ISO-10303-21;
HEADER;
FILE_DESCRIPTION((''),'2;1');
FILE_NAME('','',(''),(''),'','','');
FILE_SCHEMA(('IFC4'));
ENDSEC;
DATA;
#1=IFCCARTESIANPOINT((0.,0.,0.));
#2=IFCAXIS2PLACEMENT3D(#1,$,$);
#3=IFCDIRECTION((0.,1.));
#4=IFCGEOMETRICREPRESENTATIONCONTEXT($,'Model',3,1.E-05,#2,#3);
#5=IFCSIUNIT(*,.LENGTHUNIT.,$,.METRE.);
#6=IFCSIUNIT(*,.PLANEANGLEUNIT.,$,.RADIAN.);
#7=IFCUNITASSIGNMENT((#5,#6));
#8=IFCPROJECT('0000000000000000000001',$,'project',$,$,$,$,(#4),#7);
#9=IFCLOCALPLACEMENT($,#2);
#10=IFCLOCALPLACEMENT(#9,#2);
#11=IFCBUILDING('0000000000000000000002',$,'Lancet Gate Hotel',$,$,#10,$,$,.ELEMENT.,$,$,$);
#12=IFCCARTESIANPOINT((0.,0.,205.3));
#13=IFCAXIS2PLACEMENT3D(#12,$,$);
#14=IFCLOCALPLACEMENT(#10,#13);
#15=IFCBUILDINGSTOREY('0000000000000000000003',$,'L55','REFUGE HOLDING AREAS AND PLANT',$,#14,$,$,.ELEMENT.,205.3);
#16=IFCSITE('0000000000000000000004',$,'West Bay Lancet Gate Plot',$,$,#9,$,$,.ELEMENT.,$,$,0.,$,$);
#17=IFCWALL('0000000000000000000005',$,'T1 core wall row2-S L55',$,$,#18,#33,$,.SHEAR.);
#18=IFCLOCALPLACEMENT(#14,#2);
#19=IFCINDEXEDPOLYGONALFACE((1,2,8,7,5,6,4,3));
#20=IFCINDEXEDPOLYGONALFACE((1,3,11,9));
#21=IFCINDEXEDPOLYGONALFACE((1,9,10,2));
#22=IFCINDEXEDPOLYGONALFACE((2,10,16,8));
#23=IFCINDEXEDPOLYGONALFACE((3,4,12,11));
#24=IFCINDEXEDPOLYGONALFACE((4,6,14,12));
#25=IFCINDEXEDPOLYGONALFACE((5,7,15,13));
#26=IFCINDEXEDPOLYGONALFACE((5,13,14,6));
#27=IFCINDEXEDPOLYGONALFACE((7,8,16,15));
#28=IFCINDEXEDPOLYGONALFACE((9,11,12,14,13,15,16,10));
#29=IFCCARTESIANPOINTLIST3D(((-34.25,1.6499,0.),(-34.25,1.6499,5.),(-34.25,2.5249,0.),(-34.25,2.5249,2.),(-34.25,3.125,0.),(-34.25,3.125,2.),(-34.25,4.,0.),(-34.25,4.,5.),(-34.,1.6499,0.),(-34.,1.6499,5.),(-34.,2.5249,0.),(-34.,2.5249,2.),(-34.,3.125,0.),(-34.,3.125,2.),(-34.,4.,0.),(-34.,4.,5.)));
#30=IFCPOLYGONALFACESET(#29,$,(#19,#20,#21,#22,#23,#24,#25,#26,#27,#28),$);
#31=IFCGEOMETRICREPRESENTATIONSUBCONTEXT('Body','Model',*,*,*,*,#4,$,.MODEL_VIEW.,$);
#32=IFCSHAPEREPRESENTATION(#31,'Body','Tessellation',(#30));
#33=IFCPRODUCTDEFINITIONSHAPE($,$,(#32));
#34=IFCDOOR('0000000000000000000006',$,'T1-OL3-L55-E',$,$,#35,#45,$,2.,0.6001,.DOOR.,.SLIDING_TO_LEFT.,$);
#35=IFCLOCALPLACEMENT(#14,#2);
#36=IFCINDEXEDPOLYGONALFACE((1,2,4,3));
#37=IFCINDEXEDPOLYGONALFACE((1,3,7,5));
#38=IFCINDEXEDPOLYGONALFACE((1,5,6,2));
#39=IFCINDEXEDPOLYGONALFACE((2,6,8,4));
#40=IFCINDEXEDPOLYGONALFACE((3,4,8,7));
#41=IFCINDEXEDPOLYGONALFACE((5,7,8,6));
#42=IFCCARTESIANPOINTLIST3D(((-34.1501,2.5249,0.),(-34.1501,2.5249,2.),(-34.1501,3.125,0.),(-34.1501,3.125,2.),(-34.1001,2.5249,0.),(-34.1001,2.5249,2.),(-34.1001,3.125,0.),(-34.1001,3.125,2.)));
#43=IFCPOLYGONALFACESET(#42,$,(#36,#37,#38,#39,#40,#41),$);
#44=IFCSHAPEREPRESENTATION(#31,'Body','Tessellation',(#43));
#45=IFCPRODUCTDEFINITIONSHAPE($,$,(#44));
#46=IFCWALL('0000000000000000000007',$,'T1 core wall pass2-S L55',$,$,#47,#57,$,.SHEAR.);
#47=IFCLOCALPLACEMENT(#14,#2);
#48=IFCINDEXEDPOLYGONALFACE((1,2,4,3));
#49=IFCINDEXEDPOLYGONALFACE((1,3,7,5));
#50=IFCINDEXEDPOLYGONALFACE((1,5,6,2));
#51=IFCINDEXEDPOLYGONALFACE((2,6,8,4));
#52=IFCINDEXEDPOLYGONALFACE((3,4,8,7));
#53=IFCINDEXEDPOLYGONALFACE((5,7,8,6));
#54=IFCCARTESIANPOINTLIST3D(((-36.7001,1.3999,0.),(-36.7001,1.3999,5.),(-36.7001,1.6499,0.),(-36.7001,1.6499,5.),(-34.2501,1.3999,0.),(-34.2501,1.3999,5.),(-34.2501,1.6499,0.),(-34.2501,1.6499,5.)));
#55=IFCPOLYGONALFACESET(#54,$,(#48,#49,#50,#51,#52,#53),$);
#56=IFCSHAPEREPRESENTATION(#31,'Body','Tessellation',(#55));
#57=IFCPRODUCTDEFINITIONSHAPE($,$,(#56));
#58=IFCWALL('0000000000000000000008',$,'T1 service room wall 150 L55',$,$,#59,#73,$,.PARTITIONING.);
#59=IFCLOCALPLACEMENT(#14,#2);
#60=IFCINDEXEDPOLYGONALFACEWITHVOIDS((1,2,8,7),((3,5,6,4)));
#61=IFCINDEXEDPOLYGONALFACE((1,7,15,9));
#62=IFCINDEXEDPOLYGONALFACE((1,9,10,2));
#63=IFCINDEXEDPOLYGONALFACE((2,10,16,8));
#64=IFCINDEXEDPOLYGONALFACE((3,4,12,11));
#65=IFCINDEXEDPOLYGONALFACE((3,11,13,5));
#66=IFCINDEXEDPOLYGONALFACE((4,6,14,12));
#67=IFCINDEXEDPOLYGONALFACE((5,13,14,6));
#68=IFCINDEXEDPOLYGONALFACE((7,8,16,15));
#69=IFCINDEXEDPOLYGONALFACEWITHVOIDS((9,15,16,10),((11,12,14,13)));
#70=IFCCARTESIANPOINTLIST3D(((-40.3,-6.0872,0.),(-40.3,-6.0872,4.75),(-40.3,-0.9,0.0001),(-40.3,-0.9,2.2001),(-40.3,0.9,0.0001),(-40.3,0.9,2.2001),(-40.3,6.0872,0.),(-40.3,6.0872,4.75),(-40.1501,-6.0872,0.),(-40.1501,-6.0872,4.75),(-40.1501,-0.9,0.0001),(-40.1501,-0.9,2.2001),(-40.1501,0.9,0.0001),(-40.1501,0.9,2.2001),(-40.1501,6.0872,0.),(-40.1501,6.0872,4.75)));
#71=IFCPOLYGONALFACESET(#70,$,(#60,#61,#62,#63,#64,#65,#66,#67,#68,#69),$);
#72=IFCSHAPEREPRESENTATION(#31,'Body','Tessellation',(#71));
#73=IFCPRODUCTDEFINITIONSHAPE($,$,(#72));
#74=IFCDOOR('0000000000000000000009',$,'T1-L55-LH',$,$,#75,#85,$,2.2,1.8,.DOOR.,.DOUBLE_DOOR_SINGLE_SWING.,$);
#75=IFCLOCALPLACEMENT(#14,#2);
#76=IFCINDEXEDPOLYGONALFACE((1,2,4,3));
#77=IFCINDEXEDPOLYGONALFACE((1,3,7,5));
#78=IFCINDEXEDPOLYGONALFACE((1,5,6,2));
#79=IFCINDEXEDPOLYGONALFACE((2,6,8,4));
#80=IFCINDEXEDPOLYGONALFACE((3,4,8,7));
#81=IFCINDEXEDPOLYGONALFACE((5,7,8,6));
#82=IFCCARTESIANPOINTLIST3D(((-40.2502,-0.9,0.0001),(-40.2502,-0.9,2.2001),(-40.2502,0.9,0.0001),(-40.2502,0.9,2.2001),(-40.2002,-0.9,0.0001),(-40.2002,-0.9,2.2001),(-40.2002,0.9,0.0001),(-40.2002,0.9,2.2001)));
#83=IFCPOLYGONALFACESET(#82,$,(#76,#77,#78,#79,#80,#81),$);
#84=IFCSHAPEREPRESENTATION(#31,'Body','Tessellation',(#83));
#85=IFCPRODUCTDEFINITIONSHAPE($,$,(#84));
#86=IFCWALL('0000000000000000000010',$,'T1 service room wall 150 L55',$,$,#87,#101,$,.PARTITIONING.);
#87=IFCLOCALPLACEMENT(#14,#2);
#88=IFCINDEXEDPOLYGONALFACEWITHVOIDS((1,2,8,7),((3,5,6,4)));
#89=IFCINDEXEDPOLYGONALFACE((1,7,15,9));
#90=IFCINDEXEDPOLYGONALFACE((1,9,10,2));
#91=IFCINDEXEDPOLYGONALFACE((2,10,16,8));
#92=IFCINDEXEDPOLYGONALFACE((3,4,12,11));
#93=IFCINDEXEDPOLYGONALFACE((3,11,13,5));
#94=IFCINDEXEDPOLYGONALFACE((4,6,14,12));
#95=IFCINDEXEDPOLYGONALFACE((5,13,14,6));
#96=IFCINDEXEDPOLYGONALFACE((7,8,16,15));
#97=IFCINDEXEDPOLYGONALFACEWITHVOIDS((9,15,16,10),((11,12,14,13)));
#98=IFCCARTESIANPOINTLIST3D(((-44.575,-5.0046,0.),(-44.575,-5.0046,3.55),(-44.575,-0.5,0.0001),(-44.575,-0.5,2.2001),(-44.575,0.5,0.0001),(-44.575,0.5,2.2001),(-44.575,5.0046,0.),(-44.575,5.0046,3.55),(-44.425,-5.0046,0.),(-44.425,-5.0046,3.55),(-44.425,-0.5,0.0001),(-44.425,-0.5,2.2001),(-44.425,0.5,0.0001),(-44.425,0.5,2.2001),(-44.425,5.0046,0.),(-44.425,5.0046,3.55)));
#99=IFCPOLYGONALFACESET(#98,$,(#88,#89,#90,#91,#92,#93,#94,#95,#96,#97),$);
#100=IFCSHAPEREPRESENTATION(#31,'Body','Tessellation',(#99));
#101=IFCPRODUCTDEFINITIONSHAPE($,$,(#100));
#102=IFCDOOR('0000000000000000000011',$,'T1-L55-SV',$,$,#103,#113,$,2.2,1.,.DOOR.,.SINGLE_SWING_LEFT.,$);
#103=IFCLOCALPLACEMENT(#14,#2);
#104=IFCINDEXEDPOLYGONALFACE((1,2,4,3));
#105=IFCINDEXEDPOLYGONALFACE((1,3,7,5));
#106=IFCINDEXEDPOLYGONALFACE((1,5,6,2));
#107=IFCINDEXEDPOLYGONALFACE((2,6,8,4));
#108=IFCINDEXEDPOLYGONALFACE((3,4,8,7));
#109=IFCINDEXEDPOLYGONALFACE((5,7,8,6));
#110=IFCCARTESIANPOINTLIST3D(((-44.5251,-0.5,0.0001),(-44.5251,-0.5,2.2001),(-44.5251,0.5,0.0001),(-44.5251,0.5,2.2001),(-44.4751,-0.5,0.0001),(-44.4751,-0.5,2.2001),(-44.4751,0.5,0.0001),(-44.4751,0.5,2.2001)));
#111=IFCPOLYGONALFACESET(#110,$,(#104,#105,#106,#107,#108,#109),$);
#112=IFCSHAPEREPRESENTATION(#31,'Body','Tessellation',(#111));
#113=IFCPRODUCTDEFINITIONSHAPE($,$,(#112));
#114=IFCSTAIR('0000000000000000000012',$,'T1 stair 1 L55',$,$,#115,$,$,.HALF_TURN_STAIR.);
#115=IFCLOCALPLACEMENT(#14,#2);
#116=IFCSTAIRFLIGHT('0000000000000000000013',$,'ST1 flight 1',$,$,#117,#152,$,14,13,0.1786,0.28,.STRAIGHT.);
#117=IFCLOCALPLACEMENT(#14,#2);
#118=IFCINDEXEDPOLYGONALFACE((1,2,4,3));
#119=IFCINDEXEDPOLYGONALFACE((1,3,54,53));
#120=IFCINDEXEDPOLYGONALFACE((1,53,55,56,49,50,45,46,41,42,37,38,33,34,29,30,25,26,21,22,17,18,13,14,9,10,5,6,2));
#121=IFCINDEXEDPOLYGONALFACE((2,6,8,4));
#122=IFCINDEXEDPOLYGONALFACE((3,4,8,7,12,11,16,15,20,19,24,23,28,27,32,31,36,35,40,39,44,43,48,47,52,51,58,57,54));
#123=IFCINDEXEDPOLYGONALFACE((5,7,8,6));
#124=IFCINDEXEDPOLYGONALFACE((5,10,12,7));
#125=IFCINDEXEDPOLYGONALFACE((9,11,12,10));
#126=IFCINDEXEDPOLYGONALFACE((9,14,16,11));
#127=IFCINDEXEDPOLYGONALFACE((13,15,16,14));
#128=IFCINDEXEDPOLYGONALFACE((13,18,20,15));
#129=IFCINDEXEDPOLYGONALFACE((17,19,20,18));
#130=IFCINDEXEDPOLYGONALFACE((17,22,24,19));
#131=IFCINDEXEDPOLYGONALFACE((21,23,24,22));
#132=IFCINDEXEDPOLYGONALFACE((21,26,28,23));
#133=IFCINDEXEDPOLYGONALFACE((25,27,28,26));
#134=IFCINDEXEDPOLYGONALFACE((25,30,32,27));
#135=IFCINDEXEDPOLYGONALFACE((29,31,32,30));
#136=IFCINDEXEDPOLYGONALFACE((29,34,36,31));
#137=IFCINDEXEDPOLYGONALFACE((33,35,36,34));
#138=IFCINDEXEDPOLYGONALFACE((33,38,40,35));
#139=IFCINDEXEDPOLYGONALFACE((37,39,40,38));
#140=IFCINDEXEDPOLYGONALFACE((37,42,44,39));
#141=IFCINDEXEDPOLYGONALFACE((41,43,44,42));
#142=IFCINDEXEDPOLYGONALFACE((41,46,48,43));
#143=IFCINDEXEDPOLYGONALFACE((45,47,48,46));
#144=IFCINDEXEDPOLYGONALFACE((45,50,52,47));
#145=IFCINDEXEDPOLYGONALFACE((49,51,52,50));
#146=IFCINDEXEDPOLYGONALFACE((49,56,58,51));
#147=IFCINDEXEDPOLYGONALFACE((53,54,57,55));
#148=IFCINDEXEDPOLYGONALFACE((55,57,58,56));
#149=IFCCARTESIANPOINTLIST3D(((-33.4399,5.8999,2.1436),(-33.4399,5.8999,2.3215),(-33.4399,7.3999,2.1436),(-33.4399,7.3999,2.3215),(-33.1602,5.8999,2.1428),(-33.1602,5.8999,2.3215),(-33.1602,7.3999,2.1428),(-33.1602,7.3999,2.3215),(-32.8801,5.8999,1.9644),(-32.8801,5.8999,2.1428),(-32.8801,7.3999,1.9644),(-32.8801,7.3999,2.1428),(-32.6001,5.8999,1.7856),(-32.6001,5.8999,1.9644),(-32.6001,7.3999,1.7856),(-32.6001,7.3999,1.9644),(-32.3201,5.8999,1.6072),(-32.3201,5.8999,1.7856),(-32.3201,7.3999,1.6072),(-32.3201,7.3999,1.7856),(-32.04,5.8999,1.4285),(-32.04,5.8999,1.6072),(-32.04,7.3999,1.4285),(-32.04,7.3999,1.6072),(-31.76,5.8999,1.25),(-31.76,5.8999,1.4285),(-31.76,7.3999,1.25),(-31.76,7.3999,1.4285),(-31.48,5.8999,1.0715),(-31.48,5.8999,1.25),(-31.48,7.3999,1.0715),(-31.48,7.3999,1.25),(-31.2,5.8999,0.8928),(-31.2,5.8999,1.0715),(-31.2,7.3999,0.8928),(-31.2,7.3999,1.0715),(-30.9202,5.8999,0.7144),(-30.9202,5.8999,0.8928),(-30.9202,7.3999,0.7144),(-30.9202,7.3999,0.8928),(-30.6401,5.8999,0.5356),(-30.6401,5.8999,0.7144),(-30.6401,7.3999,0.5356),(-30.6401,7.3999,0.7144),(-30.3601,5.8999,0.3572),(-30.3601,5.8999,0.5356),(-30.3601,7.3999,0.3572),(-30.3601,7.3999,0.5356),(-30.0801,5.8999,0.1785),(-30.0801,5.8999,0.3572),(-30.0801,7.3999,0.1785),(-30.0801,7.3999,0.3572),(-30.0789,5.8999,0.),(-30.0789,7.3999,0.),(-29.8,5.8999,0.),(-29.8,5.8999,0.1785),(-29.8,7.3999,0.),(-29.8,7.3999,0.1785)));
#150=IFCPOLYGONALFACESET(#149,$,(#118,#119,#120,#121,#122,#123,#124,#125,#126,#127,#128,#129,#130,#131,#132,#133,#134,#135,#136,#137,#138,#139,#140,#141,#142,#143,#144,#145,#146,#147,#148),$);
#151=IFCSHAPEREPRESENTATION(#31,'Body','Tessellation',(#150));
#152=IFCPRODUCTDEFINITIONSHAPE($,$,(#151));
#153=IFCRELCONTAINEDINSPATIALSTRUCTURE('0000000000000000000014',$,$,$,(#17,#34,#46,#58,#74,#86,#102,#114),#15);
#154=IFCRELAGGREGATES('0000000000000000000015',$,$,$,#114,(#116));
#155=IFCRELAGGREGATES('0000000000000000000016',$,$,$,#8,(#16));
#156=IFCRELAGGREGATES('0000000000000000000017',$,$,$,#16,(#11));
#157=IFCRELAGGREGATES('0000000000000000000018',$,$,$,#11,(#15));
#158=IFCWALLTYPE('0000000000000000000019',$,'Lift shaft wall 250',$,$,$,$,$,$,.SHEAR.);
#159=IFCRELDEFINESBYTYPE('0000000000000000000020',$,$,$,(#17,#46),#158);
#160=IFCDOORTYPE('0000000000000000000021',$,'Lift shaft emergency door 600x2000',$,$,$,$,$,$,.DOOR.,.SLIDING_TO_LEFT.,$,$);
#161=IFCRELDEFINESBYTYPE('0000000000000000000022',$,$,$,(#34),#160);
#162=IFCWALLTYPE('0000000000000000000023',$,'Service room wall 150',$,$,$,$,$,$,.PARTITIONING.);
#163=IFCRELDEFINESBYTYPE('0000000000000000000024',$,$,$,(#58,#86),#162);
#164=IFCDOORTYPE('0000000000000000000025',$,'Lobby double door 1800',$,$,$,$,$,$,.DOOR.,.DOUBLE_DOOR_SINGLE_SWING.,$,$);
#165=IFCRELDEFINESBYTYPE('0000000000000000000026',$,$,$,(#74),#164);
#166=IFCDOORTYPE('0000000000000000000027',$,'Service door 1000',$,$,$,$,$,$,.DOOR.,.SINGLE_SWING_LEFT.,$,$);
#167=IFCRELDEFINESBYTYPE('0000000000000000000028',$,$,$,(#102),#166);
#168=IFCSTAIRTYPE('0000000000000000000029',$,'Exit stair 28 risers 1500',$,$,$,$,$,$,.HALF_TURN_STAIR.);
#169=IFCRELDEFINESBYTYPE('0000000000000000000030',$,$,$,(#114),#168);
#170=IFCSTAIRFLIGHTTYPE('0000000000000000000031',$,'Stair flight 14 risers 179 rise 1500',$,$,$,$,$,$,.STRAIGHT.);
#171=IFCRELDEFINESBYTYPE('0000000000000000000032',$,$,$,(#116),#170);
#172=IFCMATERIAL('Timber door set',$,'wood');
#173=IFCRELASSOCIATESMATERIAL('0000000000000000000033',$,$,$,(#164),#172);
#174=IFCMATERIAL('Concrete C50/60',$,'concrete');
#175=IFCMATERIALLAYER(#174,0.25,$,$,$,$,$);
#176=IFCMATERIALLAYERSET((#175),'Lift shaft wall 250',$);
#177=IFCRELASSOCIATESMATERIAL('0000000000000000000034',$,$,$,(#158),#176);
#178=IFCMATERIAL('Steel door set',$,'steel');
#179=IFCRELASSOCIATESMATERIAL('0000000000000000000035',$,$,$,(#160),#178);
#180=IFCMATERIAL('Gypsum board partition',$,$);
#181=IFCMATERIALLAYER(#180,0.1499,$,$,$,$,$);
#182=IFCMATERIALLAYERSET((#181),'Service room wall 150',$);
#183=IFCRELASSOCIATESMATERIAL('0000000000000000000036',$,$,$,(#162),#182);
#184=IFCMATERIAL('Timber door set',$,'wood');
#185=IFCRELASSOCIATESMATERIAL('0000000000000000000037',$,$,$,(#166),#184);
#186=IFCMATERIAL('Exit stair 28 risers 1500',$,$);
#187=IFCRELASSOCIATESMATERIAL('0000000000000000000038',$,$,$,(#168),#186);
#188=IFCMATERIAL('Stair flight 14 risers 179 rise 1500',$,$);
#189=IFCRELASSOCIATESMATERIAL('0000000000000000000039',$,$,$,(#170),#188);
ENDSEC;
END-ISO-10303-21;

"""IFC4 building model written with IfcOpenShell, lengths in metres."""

from ifc_helpers import new_model, si_unit, direction, frame, frame_2d, origin, place, context, subcontext, project, spatial, polyline, rectangle, outline, extrude, material, layer, layer_set, type_object, element, fill, aggregate, save


model = new_model("IFC4")

# Units and contexts
model_context = context("Model", 3, precision=1e-05, world=origin(), true_north=direction((0.0, 1.0)))
body_context = subcontext(model_context, "Body", "Model", "MODEL_VIEW")
ifc_project = project(units=[si_unit("LENGTHUNIT", "METRE"), si_unit("PLANEANGLEUNIT", "RADIAN")], contexts=[model_context])

# Site, building, storey
site_placement = place(None, origin())
site = spatial("IfcSite", under=ifc_project, at=site_placement, Name="West Bay Lancet Gate Plot", CompositionType="ELEMENT", RefElevation=0.0)
building_placement = place(site_placement, origin())
building = spatial("IfcBuilding", under=site, at=building_placement, Name="Lancet Gate Hotel", CompositionType="ELEMENT")
storey_placement = place(building_placement, frame((0.0, 0.0, 205.3)))
storey = spatial("IfcBuildingStorey", under=building, at=storey_placement, Name="L55", Description="REFUGE HOLDING AREAS AND PLANT", CompositionType="ELEMENT", Elevation=205.3)

# Wall, opening, door
ifc_material_1 = material(Name="Timber door set", Category="wood")
door_type_1 = type_object("IfcDoorType", Name="Lobby double door 1800", OperationType="DOUBLE_DOOR_SINGLE_SWING", PredefinedType="DOOR", material=ifc_material_1)
ifc_material_2 = material(Name="Concrete C50/60", Category="concrete")
ifc_layer_1 = layer(ifc_material_2, 0.25)
ifc_layer_set_1 = layer_set([ifc_layer_1], Name="Lift shaft wall 250")
wall_type_1 = type_object("IfcWallType", Name="Lift shaft wall 250", PredefinedType="SHEAR", material=ifc_layer_set_1)
wall_1_placement = place(storey_placement, frame((-34.125, 4.0, 0.0), z_axis=(0.0, 0.0, 1.0), x_axis=(0.0, -1.0, 0.0)))
wall_1 = element("IfcWall", 1, at=wall_1_placement, inside=storey, type_object=wall_type_1, Name="T1 core wall row2-S L55", PredefinedType="SHEAR", context=body_context, shape_type="SweptSolid", body=[
    extrude(rectangle(XDim=2.3501, YDim=0.25, at=frame_2d((1.175, 0.0))), origin(), (0.0, 0.0, 1.0), 5.0),
])
opening_1_placement = place(wall_1_placement, frame((0.875, 0.0, 0.0)))
opening_1 = element("IfcOpeningElement", 2, at=opening_1_placement, cuts=wall_1, PredefinedType="OPENING", context=body_context, shape_type="SweptSolid", body=[
    extrude(rectangle(XDim=0.6001, YDim=2.0, at=frame_2d((0.3, 1.0))), frame((0.0, 0.135, 0.0), z_axis=(0.0, -1.0, 0.0), x_axis=(1.0, 0.0, 0.0)), (0.0, 0.0, 1.0), 0.27),
])
ifc_material_3 = material(Name="Steel door set", Category="steel")
door_type_2 = type_object("IfcDoorType", Name="Lift shaft emergency door 600x2000", OperationType="SLIDING_TO_LEFT", PredefinedType="DOOR", material=ifc_material_3)
door_1_placement = place(opening_1_placement, origin())
door_1 = element("IfcDoor", 3, at=door_1_placement, inside=storey, type_object=door_type_2, Name="T1-OL3-L55-E", OperationType="SLIDING_TO_LEFT", OverallHeight=2.0, OverallWidth=0.6001, PredefinedType="DOOR", context=body_context, shape_type="SweptSolid", body=[
    extrude(rectangle(XDim=0.6001, YDim=2.0, at=frame_2d((0.3, 1.0))), frame((0.0, 0.0249, 0.0), z_axis=(0.0, -1.0, 0.0), x_axis=(1.0, 0.0, 0.0)), (0.0, 0.0, 1.0), 0.05),
])
fill(opening_1, door_1)

# Wall
wall_2_placement = place(storey_placement, frame((-34.25, 1.5249, 0.0), z_axis=(0.0, 0.0, 1.0), x_axis=(-1.0, 0.0, 0.0)))
element("IfcWall", 4, at=wall_2_placement, inside=storey, type_object=wall_type_1, Name="T1 core wall pass2-S L55", PredefinedType="SHEAR", context=body_context, shape_type="SweptSolid", body=[
    extrude(rectangle(XDim=2.45, YDim=0.25, at=frame_2d((1.2251, 0.0))), origin(), (0.0, 0.0, 1.0), 5.0),
])

# Walls, openings, doors
ifc_material_4 = material(Name="Gypsum board partition")
ifc_layer_2 = layer(ifc_material_4, 0.1499)
ifc_layer_set_2 = layer_set([ifc_layer_2], Name="Service room wall 150")
wall_type_2 = type_object("IfcWallType", Name="Service room wall 150", PredefinedType="PARTITIONING", material=ifc_layer_set_2)
wall_3_placement = place(storey_placement, frame((-40.2251, 6.0872, 0.0), z_axis=(0.0, 0.0, 1.0), x_axis=(0.0, -1.0, 0.0)))
wall_3 = element("IfcWall", 5, at=wall_3_placement, inside=storey, type_object=wall_type_2, Name="T1 service room wall 150 L55", PredefinedType="PARTITIONING", context=body_context, shape_type="SweptSolid", body=[
    extrude(rectangle(XDim=12.1743, YDim=0.1499, at=frame_2d((6.0872, 0.0))), origin(), (0.0, 0.0, 1.0), 4.75),
])
opening_2_placement = place(wall_3_placement, frame((5.1873, 0.0, 0.0)))
opening_2 = element("IfcOpeningElement", 6, at=opening_2_placement, cuts=wall_3, PredefinedType="OPENING", context=body_context, shape_type="SweptSolid", body=[
    extrude(rectangle(XDim=1.8, YDim=2.2, at=frame_2d((0.8999, 1.1001))), frame((0.0, 0.085, 0.0), z_axis=(0.0, -1.0, 0.0), x_axis=(1.0, 0.0, 0.0)), (0.0, 0.0, 1.0), 0.1699),
])
door_2_placement = place(opening_2_placement, origin())
door_2 = element("IfcDoor", 7, at=door_2_placement, inside=storey, type_object=door_type_1, Name="T1-L55-LH", OperationType="DOUBLE_DOOR_SINGLE_SWING", OverallHeight=2.2, OverallWidth=1.8, PredefinedType="DOOR", context=body_context, shape_type="SweptSolid", body=[
    extrude(rectangle(XDim=1.8, YDim=2.2, at=frame_2d((0.8999, 1.1001))), frame((0.0, 0.0249, 0.0), z_axis=(0.0, -1.0, 0.0), x_axis=(1.0, 0.0, 0.0)), (0.0, 0.0, 1.0), 0.05),
])
fill(opening_2, door_2)
wall_4_placement = place(storey_placement, frame((-44.5, 5.0046, 0.0), z_axis=(0.0, 0.0, 1.0), x_axis=(0.0, -1.0, 0.0)))
wall_4 = element("IfcWall", 8, at=wall_4_placement, inside=storey, type_object=wall_type_2, Name="T1 service room wall 150 L55", PredefinedType="PARTITIONING", context=body_context, shape_type="SweptSolid", body=[
    extrude(rectangle(XDim=10.0093, YDim=0.1499, at=frame_2d((5.0046, 0.0))), origin(), (0.0, 0.0, 1.0), 3.55),
])
opening_3_placement = place(wall_4_placement, frame((4.5046, 0.0, 0.0)))
opening_3 = element("IfcOpeningElement", 9, at=opening_3_placement, cuts=wall_4, PredefinedType="OPENING", context=body_context, shape_type="SweptSolid", body=[
    extrude(rectangle(XDim=1.0, YDim=2.2, at=frame_2d((0.5, 1.1001))), frame((0.0, 0.085, 0.0), z_axis=(0.0, -1.0, 0.0), x_axis=(1.0, 0.0, 0.0)), (0.0, 0.0, 1.0), 0.1699),
])
ifc_material_5 = material(Name="Timber door set", Category="wood")
door_type_3 = type_object("IfcDoorType", Name="Service door 1000", OperationType="SINGLE_SWING_LEFT", PredefinedType="DOOR", material=ifc_material_5)
door_3_placement = place(opening_3_placement, origin())
door_3 = element("IfcDoor", 10, at=door_3_placement, inside=storey, type_object=door_type_3, Name="T1-L55-SV", OperationType="SINGLE_SWING_LEFT", OverallHeight=2.2, OverallWidth=1.0, PredefinedType="DOOR", context=body_context, shape_type="SweptSolid", body=[
    extrude(rectangle(XDim=1.0, YDim=2.2, at=frame_2d((0.5, 1.1001))), frame((0.0, 0.0249, 0.0), z_axis=(0.0, -1.0, 0.0), x_axis=(1.0, 0.0, 0.0)), (0.0, 0.0, 1.0), 0.05),
])
fill(opening_3, door_3)

# Stair, stair flight
ifc_material_6 = material(Name="Exit stair 28 risers 1500")
stair_type = type_object("IfcStairType", Name="Exit stair 28 risers 1500", PredefinedType="HALF_TURN_STAIR", material=ifc_material_6)
stair_placement = place(storey_placement, origin())
stair = element("IfcStair", 11, at=stair_placement, inside=storey, type_object=stair_type, Name="T1 stair 1 L55", PredefinedType="HALF_TURN_STAIR")
ifc_material_7 = material(Name="Stair flight 14 risers 179 rise 1500")
stair_flight_type = type_object("IfcStairFlightType", Name="Stair flight 14 risers 179 rise 1500", PredefinedType="STRAIGHT", material=ifc_material_7)
stair_flight_1_placement = place(storey_placement, frame((-29.8, 6.6499, 0.0), z_axis=(0.0, 0.0, 1.0), x_axis=(-1.0, 0.0, 0.0)))
stair_flight_1 = element("IfcStairFlight", 12, at=stair_flight_1_placement, type_object=stair_flight_type, Name="ST1 flight 1", NumberOfRisers=14, NumberOfTreads=13, PredefinedType="STRAIGHT", RiserHeight=0.1786, TreadLength=0.28, context=body_context, shape_type="SweptSolid", body=[
    extrude(outline(polyline([(0.0, 0.0), (0.0, 0.1785), (0.28, 0.1785), (0.28, 0.3572), (0.5601, 0.3572), (0.5601, 0.5356), (0.8401, 0.5356), (0.8401, 0.7144), (1.1201, 0.7144), (1.1201, 0.8928), (1.3999, 0.8928), (1.3999, 1.0715), (1.6799, 1.0715), (1.6799, 1.25), (1.96, 1.25), (1.96, 1.4285), (2.24, 1.4285), (2.24, 1.6072), (2.52, 1.6072), (2.52, 1.7856), (2.8, 1.7856), (2.8, 1.9644), (3.0801, 1.9644), (3.0801, 2.1428), (3.3601, 2.1428), (3.3601, 2.3215), (3.6399, 2.3215), (3.6399, 2.5), (3.6399, 2.1436), (0.2788, 0.0), (0.0, 0.0)])), frame((0.0, 0.75, 0.0), z_axis=(0.0, -1.0, 0.0), x_axis=(1.0, 0.0, 0.0)), (0.0, 0.0, 1.0), 1.5),
])
aggregate(stair, [stair_flight_1])

save(model, "model.ifc")
